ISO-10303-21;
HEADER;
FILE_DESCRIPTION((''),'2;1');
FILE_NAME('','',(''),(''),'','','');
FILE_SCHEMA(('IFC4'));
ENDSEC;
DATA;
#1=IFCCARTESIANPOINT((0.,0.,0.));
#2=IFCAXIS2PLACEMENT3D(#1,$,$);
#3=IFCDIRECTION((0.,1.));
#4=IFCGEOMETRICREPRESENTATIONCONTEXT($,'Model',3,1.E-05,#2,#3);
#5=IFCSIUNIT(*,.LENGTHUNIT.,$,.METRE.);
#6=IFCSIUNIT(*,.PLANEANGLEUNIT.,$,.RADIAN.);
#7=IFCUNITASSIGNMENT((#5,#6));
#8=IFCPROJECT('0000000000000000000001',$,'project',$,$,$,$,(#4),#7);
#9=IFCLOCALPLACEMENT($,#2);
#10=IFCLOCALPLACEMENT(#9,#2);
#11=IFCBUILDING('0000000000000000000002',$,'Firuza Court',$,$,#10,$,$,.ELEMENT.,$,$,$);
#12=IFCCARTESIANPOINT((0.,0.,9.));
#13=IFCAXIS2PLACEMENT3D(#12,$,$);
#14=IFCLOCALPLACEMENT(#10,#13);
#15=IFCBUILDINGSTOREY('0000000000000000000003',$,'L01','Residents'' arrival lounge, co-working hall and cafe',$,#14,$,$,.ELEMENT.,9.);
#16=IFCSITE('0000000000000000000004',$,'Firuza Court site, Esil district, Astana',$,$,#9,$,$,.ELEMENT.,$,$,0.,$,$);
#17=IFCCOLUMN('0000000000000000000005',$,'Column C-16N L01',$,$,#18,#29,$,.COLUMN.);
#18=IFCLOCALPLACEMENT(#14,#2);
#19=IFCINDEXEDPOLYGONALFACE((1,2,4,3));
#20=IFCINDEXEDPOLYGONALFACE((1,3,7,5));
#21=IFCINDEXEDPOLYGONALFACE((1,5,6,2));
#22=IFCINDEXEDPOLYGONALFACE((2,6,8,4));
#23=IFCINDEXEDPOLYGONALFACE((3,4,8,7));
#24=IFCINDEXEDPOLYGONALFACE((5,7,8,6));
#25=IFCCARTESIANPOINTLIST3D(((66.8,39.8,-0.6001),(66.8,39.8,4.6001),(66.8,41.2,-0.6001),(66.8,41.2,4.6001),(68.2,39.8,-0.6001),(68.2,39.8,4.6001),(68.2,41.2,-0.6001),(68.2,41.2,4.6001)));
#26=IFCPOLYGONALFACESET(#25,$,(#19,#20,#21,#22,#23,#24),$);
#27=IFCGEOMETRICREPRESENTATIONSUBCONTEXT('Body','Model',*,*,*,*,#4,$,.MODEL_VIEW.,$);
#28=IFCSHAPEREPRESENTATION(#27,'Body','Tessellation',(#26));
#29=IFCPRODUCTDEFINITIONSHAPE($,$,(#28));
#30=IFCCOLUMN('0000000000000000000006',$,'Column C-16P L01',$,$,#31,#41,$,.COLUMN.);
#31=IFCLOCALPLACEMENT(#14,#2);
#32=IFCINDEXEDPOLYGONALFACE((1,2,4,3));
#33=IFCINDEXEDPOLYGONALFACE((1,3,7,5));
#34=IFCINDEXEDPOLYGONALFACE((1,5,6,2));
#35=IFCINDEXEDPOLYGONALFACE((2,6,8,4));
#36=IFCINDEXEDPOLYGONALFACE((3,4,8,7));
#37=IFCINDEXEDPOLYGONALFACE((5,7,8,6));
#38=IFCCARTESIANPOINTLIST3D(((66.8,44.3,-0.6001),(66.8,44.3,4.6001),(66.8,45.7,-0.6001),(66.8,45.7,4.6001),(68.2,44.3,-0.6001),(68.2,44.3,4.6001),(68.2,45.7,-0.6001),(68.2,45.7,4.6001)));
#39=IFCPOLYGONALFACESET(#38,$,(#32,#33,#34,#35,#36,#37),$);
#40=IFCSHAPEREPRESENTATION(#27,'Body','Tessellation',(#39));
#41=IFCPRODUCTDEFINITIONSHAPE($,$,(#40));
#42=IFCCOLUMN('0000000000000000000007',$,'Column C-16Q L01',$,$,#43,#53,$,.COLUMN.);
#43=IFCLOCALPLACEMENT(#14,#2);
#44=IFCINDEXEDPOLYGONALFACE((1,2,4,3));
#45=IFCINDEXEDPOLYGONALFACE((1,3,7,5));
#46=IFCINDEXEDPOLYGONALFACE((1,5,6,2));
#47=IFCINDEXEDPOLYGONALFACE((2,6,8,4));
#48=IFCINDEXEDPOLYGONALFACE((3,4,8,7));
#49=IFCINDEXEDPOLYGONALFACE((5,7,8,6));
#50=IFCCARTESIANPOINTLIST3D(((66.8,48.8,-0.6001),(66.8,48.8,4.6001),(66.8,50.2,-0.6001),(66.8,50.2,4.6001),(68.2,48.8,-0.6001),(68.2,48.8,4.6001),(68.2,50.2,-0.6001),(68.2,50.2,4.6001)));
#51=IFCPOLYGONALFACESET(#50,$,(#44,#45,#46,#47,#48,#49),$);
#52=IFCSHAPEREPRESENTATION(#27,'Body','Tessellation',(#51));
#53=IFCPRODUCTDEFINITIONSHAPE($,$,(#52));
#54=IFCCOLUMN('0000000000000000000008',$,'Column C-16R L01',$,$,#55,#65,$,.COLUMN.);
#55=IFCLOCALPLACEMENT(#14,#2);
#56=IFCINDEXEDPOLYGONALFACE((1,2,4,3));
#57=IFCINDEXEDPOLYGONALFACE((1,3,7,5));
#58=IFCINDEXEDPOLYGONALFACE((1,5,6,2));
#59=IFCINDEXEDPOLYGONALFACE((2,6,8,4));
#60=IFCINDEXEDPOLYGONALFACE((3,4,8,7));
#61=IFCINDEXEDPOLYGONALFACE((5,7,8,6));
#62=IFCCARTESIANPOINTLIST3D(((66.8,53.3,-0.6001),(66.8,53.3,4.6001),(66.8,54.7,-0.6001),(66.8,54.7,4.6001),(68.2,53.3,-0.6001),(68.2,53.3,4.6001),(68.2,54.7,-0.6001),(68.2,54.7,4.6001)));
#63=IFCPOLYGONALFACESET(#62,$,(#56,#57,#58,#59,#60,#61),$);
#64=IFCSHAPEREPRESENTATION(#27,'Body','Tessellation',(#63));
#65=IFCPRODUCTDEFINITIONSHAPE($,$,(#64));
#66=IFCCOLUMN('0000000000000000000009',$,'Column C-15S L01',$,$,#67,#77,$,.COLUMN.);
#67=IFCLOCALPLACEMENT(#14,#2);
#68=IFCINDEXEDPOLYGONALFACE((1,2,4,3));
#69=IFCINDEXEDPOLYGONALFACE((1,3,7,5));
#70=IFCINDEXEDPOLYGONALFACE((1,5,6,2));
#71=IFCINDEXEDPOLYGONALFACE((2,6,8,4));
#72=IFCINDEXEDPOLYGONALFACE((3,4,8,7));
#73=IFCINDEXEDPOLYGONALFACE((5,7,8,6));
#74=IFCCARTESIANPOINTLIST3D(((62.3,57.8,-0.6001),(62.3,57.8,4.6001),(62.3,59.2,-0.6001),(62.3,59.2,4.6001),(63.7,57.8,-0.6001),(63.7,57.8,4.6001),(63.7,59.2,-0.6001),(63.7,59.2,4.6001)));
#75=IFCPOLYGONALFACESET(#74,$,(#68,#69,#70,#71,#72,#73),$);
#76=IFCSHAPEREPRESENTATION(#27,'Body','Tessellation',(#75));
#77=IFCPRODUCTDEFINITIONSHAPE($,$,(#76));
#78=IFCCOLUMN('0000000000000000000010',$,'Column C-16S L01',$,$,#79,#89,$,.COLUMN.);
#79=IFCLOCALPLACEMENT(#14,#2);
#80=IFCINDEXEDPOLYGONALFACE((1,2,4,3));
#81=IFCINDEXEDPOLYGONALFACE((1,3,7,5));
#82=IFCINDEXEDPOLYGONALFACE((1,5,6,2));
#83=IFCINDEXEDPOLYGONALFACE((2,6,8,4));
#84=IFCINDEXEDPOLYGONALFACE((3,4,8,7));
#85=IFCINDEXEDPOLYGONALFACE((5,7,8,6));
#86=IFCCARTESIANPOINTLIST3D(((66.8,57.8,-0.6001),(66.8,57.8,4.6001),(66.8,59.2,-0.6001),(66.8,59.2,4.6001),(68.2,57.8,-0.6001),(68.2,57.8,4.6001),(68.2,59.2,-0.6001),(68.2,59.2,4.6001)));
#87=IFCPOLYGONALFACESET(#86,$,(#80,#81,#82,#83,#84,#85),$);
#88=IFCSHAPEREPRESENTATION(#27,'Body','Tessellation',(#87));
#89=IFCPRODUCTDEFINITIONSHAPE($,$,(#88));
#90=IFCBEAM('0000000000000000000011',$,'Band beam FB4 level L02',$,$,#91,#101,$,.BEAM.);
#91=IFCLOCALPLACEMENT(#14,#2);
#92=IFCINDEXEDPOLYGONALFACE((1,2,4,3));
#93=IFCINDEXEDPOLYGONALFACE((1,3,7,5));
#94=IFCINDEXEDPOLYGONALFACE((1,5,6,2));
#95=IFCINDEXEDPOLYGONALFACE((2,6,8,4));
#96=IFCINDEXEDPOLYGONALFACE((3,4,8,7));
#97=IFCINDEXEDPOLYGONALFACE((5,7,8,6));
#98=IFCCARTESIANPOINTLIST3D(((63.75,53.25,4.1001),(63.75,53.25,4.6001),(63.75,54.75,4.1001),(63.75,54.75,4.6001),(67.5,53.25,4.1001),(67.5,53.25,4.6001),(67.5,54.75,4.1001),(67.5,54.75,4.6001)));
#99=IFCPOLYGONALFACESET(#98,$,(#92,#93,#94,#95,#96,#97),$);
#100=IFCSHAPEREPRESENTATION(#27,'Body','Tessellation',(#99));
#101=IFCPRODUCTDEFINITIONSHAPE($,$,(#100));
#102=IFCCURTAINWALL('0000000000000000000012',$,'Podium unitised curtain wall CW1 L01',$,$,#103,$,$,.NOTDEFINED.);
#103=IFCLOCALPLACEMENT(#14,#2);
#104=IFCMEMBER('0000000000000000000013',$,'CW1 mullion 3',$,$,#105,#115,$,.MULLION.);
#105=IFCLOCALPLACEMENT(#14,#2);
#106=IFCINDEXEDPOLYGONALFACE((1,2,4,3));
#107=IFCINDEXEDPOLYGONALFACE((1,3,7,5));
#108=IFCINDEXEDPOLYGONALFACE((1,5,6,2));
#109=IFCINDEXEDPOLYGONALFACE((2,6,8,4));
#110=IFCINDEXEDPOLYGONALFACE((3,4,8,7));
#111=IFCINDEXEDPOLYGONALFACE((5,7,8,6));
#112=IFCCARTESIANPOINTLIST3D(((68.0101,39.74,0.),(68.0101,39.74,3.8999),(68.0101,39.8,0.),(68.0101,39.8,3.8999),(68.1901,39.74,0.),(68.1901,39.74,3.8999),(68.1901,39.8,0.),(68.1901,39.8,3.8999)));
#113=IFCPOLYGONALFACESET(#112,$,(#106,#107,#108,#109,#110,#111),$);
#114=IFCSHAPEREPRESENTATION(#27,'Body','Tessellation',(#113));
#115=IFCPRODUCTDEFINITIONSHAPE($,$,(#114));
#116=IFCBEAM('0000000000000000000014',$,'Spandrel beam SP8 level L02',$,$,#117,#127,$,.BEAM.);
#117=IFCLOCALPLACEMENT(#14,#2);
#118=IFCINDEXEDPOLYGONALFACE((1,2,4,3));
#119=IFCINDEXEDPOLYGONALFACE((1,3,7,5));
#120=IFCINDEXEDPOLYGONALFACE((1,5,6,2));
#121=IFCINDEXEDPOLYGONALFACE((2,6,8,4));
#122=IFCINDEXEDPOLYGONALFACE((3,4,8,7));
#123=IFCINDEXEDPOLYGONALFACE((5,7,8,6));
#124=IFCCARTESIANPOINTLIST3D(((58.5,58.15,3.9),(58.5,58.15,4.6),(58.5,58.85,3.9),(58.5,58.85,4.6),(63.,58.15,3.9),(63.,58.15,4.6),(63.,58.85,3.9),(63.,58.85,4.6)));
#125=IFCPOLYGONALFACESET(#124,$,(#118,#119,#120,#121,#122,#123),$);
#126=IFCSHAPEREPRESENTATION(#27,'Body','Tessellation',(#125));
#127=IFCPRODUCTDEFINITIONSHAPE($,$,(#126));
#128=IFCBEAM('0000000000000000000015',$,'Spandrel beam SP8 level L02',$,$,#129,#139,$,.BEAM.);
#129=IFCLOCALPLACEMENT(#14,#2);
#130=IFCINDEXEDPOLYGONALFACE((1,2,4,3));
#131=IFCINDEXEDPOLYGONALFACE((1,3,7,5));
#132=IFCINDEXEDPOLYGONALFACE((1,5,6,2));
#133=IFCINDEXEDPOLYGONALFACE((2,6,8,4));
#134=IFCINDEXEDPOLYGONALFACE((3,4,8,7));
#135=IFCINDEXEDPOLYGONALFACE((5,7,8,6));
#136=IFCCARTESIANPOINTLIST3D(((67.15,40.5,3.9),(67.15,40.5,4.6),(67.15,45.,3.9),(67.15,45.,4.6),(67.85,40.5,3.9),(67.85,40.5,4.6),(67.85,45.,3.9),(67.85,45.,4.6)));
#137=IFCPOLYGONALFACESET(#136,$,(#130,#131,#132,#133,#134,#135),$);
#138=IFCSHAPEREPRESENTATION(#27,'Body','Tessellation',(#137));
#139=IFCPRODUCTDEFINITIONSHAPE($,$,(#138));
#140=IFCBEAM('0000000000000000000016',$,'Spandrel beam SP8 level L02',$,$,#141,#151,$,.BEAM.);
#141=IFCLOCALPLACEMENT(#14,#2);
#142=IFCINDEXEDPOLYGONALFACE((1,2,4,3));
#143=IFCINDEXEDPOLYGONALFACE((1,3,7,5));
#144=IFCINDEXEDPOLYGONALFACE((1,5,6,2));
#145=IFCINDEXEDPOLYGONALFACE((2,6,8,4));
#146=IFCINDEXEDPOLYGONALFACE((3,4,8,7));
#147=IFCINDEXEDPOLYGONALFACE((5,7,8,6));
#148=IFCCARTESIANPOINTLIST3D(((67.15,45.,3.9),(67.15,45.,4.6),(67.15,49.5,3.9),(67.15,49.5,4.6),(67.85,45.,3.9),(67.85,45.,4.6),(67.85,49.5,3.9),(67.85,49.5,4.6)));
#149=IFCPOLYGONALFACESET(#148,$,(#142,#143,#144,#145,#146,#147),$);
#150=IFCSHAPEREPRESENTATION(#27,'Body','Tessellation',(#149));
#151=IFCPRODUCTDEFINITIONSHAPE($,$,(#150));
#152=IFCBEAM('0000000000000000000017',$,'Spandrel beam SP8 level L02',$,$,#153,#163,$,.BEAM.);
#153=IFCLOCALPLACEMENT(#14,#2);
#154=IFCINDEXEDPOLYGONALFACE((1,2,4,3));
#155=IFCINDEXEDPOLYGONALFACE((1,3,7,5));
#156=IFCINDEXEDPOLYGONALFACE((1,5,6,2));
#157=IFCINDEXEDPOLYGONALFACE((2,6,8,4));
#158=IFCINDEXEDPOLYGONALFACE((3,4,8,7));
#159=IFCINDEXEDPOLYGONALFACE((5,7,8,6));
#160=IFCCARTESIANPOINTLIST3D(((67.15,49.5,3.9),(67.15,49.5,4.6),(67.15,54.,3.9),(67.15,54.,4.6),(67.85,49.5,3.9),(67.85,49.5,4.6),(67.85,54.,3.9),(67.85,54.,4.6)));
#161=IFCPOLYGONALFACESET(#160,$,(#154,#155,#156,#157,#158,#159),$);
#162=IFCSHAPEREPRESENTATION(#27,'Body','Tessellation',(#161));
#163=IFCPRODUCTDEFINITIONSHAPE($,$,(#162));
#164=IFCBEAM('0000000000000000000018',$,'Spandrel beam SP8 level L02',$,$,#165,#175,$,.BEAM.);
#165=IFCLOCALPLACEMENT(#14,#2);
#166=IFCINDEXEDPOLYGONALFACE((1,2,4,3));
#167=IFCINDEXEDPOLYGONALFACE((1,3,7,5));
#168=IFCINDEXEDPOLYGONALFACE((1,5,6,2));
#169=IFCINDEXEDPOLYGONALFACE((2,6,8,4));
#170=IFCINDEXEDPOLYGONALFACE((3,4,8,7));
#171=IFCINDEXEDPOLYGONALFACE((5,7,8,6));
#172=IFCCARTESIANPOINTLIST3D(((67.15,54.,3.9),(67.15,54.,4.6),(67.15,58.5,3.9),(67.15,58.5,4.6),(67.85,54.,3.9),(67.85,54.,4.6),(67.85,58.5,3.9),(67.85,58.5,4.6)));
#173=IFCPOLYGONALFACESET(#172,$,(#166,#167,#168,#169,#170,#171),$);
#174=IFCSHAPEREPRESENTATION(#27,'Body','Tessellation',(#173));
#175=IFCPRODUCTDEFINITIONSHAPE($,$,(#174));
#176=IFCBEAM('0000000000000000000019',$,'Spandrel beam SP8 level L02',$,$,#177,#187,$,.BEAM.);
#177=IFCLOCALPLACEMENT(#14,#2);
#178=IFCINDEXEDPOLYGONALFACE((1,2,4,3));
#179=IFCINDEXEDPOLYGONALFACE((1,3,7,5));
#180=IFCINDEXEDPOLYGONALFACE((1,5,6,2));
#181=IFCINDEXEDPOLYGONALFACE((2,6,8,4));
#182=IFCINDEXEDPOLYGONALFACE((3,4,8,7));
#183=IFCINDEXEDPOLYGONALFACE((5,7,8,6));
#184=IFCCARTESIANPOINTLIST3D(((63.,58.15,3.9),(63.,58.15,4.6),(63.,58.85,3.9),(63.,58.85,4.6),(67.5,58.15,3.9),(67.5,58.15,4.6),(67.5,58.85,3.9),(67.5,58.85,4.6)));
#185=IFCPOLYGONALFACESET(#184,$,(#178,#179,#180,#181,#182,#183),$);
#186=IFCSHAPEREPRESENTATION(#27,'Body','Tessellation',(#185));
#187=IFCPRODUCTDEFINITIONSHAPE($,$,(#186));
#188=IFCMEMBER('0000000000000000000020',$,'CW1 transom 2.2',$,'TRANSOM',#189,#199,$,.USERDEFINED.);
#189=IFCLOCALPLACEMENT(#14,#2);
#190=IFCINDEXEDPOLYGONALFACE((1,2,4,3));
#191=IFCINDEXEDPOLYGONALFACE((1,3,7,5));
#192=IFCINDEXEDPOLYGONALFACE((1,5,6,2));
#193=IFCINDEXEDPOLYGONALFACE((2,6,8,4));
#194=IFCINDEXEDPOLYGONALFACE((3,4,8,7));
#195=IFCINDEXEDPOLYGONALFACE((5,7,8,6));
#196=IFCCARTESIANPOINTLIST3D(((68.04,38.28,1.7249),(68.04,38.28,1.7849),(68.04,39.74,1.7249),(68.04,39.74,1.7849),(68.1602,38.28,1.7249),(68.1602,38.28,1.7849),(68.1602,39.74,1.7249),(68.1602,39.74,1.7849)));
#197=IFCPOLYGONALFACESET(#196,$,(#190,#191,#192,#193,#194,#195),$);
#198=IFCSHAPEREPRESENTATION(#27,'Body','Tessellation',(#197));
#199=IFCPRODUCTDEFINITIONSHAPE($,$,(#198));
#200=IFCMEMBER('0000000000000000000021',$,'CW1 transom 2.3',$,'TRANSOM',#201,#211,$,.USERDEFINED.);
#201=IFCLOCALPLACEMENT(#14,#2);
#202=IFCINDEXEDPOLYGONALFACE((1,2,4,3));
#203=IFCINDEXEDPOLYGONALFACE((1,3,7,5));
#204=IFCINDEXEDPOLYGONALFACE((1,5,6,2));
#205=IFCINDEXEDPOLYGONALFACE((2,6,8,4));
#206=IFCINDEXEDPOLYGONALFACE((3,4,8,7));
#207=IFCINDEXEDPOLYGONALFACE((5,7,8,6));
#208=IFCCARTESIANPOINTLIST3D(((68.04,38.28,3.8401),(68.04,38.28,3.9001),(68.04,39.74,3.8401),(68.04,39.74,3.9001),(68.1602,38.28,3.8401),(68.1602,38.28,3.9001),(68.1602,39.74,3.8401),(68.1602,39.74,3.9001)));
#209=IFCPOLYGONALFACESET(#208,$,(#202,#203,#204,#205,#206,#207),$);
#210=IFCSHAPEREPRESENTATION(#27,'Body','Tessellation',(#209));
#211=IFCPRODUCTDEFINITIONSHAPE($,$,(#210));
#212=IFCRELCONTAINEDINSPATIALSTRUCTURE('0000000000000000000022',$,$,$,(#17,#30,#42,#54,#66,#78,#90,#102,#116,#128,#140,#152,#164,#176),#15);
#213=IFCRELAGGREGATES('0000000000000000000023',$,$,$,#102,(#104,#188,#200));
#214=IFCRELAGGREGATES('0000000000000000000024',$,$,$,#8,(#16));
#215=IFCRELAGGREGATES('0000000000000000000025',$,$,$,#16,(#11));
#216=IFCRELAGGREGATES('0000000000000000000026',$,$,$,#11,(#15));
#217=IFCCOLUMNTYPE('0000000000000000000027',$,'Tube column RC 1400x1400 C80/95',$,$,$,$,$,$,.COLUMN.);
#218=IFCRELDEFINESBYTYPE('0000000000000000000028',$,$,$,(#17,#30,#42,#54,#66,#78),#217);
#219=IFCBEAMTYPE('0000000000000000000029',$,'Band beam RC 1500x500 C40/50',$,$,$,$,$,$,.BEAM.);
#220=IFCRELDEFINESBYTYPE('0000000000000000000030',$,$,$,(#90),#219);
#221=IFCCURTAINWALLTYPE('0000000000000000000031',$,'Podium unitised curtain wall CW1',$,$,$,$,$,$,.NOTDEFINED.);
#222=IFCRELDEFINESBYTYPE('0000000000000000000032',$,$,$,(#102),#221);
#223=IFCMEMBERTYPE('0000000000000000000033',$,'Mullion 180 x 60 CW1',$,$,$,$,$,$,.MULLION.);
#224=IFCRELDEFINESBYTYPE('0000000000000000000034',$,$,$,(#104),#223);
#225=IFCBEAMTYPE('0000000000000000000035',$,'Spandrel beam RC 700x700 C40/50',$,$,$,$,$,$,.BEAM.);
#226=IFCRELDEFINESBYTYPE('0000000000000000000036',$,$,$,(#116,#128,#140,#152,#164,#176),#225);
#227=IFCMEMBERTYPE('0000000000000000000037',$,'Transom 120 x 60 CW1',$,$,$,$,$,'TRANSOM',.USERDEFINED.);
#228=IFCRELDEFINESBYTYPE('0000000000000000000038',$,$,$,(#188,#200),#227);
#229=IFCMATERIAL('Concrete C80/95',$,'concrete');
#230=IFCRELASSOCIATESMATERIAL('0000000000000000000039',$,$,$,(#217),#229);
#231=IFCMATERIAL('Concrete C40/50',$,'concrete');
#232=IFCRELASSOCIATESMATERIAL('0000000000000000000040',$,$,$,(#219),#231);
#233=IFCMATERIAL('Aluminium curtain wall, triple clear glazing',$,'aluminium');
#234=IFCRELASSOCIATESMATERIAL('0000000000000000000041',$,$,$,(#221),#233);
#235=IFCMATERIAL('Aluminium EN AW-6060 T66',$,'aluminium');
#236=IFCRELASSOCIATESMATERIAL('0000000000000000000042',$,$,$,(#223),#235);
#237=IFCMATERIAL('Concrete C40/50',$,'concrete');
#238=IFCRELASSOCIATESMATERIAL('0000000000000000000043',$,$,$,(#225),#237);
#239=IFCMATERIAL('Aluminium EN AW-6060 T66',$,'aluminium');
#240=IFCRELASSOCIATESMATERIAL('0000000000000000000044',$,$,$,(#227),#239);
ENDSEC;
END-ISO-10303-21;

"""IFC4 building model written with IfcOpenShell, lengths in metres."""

from ifc_helpers import new_model, si_unit, direction, frame, origin, origin_2d, place, context, subcontext, project, spatial, rectangle, extrude, material, material_profile, profile_set, type_object, element, aggregate, save


model = new_model("IFC4")

# Units and contexts
model_context = context("Model", 3, precision=1e-05, world=origin(), true_north=direction((0.0, 1.0)))
body_context = subcontext(model_context, "Body", "Model", "MODEL_VIEW")
ifc_project = project(units=[si_unit("LENGTHUNIT", "METRE"), si_unit("PLANEANGLEUNIT", "RADIAN")], contexts=[model_context])

# Site, building, storey
site_placement = place(None, origin())
site = spatial("IfcSite", under=ifc_project, at=site_placement, Name="Firuza Court site, Esil district, Astana", CompositionType="ELEMENT", RefElevation=0.0)
building_placement = place(site_placement, origin())
building = spatial("IfcBuilding", under=site, at=building_placement, Name="Firuza Court", CompositionType="ELEMENT")
storey_placement = place(building_placement, frame((0.0, 0.0, 9.0)))
storey = spatial("IfcBuildingStorey", under=building, at=storey_placement, Name="L01", Description="Residents' arrival lounge, co-working hall and cafe", CompositionType="ELEMENT", Elevation=9.0)

# Columns
ifc_material_1 = material(Name="Concrete C80/95", Category="concrete")
ifc_material_profile_1 = material_profile(ifc_material_1, rectangle(XDim=1.3999, YDim=1.3999, at=origin_2d()), Name="RC 1400x1400")
ifc_profile_set_1 = profile_set([ifc_material_profile_1], Name="Concrete C80/95")
column_type = type_object("IfcColumnType", Name="Tube column RC 1400x1400 C80/95", PredefinedType="COLUMN", material=ifc_profile_set_1)
for number, where, z_axis, x_axis, name in (
    (1, (67.5, 40.5, -0.6001), (0.0, 0.0, 1.0), (1.0, 0.0, 0.0), "Column C-16N L01"),
    (2, (67.5, 45.0, -0.6001), (0.0, 0.0, 1.0), (1.0, 0.0, 0.0), "Column C-16P L01"),
    (3, (67.5, 49.5, -0.6001), (0.0, 0.0, 1.0), (1.0, 0.0, 0.0), "Column C-16Q L01"),
    (4, (67.5, 54.0, -0.6001), (0.0, 0.0, 1.0), (1.0, 0.0, 0.0), "Column C-16R L01"),
    (5, (63.0, 58.5, -0.6001), (0.0, 0.0, 1.0), (1.0, 0.0, 0.0), "Column C-15S L01"),
    (6, (67.5, 58.5, -0.6001), (0.0, 0.0, 1.0), (1.0, 0.0, 0.0), "Column C-16S L01"),
):
    element("IfcColumn", number, at=place(storey_placement, frame(where, z_axis=z_axis, x_axis=x_axis)), inside=storey, type_object=column_type, Name=name, PredefinedType="COLUMN", context=body_context, shape_type="SweptSolid", body=[
        extrude(rectangle(XDim=1.3999, YDim=1.3999, at=origin_2d()), origin(), (0.0, 0.0, 1.0), 5.2002),
    ])

# Beam
ifc_material_2 = material(Name="Concrete C40/50", Category="concrete")
ifc_material_profile_2 = material_profile(ifc_material_2, rectangle(XDim=1.5, YDim=0.5, at=origin_2d()), Name="RC 1500x500")
ifc_profile_set_2 = profile_set([ifc_material_profile_2], Name="Concrete C40/50")
beam_type_1 = type_object("IfcBeamType", Name="Band beam RC 1500x500 C40/50", PredefinedType="BEAM", material=ifc_profile_set_2)
beam_placement = place(storey_placement, frame((67.5, 54.0, 4.3501), z_axis=(-1.0, 0.0, 0.0), x_axis=(0.0, -1.0, 0.0)))
element("IfcBeam", 7, at=beam_placement, inside=storey, type_object=beam_type_1, Name="Band beam FB4 level L02", PredefinedType="BEAM", context=body_context, shape_type="SweptSolid", body=[
    extrude(rectangle(XDim=1.5, YDim=0.5, at=origin_2d()), origin(), (0.0, 0.0, 1.0), 3.75),
])

# Curtain wall, member
ifc_material_3 = material(Name="Aluminium curtain wall, triple clear glazing", Category="aluminium")
curtain_wall_type = type_object("IfcCurtainWallType", Name="Podium unitised curtain wall CW1", PredefinedType="NOTDEFINED", material=ifc_material_3)
curtain_wall_placement = place(storey_placement, origin())
curtain_wall = element("IfcCurtainWall", 8, at=curtain_wall_placement, inside=storey, type_object=curtain_wall_type, Name="Podium unitised curtain wall CW1 L01", PredefinedType="NOTDEFINED")
ifc_material_4 = material(Name="Aluminium EN AW-6060 T66", Category="aluminium")
ifc_material_profile_3 = material_profile(ifc_material_4, rectangle(XDim=0.1799, YDim=0.0601, at=origin_2d()), Name="Mullion 180 x 60 CW1")
ifc_profile_set_3 = profile_set([ifc_material_profile_3], Name="Aluminium EN AW-6060 T66")
member_type_1 = type_object("IfcMemberType", Name="Mullion 180 x 60 CW1", PredefinedType="MULLION", material=ifc_profile_set_3)
member_1_placement = place(storey_placement, frame((68.1001, 39.77, 0.0), z_axis=(0.0, 0.0, 1.0), x_axis=(-1.0, 0.0, 0.0)))
member_1 = element("IfcMember", 9, at=member_1_placement, type_object=member_type_1, Name="CW1 mullion 3", PredefinedType="MULLION", context=body_context, shape_type="SweptSolid", body=[
    extrude(rectangle(XDim=0.1799, YDim=0.0601, at=origin_2d()), origin(), (0.0, 0.0, 1.0), 3.8999),
])

# Beams
ifc_material_5 = material(Name="Concrete C40/50", Category="concrete")
ifc_material_profile_4 = material_profile(ifc_material_5, rectangle(XDim=0.7, YDim=0.7, at=origin_2d()), Name="RC 700x700")
ifc_profile_set_4 = profile_set([ifc_material_profile_4], Name="Concrete C40/50")
beam_type_2 = type_object("IfcBeamType", Name="Spandrel beam RC 700x700 C40/50", PredefinedType="BEAM", material=ifc_profile_set_4)
for number, where, z_axis, x_axis, name in (
    (10, (63.0, 58.5, 4.25), (-1.0, 0.0, 0.0), (0.0, -1.0, 0.0), "Spandrel beam SP8 level L02"),
    (11, (67.5, 40.5, 4.25), (0.0, 1.0, 0.0), (-1.0, 0.0, 0.0), "Spandrel beam SP8 level L02"),
    (12, (67.5, 45.0, 4.25), (0.0, 1.0, 0.0), (-1.0, 0.0, 0.0), "Spandrel beam SP8 level L02"),
    (13, (67.5, 49.5, 4.25), (0.0, 1.0, 0.0), (-1.0, 0.0, 0.0), "Spandrel beam SP8 level L02"),
    (14, (67.5, 54.0, 4.25), (0.0, 1.0, 0.0), (-1.0, 0.0, 0.0), "Spandrel beam SP8 level L02"),
    (15, (67.5, 58.5, 4.25), (-1.0, 0.0, 0.0), (0.0, -1.0, 0.0), "Spandrel beam SP8 level L02"),
):
    element("IfcBeam", number, at=place(storey_placement, frame(where, z_axis=z_axis, x_axis=x_axis)), inside=storey, type_object=beam_type_2, Name=name, PredefinedType="BEAM", context=body_context, shape_type="SweptSolid", body=[
        extrude(rectangle(XDim=0.7, YDim=0.7, at=origin_2d()), origin(), (0.0, 0.0, 1.0), 4.5),
    ])

# Members
ifc_material_6 = material(Name="Aluminium EN AW-6060 T66", Category="aluminium")
ifc_material_profile_5 = material_profile(ifc_material_6, rectangle(XDim=0.1201, YDim=0.0601, at=origin_2d()), Name="Transom 120 x 60 CW1")
ifc_profile_set_5 = profile_set([ifc_material_profile_5], Name="Aluminium EN AW-6060 T66")
member_type_2 = type_object("IfcMemberType", Name="Transom 120 x 60 CW1", ElementType="TRANSOM", PredefinedType="USERDEFINED", material=ifc_profile_set_5)
member_2_placement = place(storey_placement, frame((68.1001, 38.28, 1.7549), z_axis=(0.0, 1.0, 0.0), x_axis=(-1.0, 0.0, 0.0)))
member_2 = element("IfcMember", 16, at=member_2_placement, type_object=member_type_2, Name="CW1 transom 2.2", ObjectType="TRANSOM", PredefinedType="USERDEFINED", context=body_context, shape_type="SweptSolid", body=[
    extrude(rectangle(XDim=0.1201, YDim=0.0601, at=origin_2d()), origin(), (0.0, 0.0, 1.0), 1.46),
])
member_3_placement = place(storey_placement, frame((68.1001, 38.28, 3.8701), z_axis=(0.0, 1.0, 0.0), x_axis=(-1.0, 0.0, 0.0)))
member_3 = element("IfcMember", 17, at=member_3_placement, type_object=member_type_2, Name="CW1 transom 2.3", ObjectType="TRANSOM", PredefinedType="USERDEFINED", context=body_context, shape_type="SweptSolid", body=[
    extrude(rectangle(XDim=0.1201, YDim=0.0601, at=origin_2d()), origin(), (0.0, 0.0, 1.0), 1.46),
])

aggregate(curtain_wall, [member_1, member_2, member_3])

save(model, "model.ifc")
